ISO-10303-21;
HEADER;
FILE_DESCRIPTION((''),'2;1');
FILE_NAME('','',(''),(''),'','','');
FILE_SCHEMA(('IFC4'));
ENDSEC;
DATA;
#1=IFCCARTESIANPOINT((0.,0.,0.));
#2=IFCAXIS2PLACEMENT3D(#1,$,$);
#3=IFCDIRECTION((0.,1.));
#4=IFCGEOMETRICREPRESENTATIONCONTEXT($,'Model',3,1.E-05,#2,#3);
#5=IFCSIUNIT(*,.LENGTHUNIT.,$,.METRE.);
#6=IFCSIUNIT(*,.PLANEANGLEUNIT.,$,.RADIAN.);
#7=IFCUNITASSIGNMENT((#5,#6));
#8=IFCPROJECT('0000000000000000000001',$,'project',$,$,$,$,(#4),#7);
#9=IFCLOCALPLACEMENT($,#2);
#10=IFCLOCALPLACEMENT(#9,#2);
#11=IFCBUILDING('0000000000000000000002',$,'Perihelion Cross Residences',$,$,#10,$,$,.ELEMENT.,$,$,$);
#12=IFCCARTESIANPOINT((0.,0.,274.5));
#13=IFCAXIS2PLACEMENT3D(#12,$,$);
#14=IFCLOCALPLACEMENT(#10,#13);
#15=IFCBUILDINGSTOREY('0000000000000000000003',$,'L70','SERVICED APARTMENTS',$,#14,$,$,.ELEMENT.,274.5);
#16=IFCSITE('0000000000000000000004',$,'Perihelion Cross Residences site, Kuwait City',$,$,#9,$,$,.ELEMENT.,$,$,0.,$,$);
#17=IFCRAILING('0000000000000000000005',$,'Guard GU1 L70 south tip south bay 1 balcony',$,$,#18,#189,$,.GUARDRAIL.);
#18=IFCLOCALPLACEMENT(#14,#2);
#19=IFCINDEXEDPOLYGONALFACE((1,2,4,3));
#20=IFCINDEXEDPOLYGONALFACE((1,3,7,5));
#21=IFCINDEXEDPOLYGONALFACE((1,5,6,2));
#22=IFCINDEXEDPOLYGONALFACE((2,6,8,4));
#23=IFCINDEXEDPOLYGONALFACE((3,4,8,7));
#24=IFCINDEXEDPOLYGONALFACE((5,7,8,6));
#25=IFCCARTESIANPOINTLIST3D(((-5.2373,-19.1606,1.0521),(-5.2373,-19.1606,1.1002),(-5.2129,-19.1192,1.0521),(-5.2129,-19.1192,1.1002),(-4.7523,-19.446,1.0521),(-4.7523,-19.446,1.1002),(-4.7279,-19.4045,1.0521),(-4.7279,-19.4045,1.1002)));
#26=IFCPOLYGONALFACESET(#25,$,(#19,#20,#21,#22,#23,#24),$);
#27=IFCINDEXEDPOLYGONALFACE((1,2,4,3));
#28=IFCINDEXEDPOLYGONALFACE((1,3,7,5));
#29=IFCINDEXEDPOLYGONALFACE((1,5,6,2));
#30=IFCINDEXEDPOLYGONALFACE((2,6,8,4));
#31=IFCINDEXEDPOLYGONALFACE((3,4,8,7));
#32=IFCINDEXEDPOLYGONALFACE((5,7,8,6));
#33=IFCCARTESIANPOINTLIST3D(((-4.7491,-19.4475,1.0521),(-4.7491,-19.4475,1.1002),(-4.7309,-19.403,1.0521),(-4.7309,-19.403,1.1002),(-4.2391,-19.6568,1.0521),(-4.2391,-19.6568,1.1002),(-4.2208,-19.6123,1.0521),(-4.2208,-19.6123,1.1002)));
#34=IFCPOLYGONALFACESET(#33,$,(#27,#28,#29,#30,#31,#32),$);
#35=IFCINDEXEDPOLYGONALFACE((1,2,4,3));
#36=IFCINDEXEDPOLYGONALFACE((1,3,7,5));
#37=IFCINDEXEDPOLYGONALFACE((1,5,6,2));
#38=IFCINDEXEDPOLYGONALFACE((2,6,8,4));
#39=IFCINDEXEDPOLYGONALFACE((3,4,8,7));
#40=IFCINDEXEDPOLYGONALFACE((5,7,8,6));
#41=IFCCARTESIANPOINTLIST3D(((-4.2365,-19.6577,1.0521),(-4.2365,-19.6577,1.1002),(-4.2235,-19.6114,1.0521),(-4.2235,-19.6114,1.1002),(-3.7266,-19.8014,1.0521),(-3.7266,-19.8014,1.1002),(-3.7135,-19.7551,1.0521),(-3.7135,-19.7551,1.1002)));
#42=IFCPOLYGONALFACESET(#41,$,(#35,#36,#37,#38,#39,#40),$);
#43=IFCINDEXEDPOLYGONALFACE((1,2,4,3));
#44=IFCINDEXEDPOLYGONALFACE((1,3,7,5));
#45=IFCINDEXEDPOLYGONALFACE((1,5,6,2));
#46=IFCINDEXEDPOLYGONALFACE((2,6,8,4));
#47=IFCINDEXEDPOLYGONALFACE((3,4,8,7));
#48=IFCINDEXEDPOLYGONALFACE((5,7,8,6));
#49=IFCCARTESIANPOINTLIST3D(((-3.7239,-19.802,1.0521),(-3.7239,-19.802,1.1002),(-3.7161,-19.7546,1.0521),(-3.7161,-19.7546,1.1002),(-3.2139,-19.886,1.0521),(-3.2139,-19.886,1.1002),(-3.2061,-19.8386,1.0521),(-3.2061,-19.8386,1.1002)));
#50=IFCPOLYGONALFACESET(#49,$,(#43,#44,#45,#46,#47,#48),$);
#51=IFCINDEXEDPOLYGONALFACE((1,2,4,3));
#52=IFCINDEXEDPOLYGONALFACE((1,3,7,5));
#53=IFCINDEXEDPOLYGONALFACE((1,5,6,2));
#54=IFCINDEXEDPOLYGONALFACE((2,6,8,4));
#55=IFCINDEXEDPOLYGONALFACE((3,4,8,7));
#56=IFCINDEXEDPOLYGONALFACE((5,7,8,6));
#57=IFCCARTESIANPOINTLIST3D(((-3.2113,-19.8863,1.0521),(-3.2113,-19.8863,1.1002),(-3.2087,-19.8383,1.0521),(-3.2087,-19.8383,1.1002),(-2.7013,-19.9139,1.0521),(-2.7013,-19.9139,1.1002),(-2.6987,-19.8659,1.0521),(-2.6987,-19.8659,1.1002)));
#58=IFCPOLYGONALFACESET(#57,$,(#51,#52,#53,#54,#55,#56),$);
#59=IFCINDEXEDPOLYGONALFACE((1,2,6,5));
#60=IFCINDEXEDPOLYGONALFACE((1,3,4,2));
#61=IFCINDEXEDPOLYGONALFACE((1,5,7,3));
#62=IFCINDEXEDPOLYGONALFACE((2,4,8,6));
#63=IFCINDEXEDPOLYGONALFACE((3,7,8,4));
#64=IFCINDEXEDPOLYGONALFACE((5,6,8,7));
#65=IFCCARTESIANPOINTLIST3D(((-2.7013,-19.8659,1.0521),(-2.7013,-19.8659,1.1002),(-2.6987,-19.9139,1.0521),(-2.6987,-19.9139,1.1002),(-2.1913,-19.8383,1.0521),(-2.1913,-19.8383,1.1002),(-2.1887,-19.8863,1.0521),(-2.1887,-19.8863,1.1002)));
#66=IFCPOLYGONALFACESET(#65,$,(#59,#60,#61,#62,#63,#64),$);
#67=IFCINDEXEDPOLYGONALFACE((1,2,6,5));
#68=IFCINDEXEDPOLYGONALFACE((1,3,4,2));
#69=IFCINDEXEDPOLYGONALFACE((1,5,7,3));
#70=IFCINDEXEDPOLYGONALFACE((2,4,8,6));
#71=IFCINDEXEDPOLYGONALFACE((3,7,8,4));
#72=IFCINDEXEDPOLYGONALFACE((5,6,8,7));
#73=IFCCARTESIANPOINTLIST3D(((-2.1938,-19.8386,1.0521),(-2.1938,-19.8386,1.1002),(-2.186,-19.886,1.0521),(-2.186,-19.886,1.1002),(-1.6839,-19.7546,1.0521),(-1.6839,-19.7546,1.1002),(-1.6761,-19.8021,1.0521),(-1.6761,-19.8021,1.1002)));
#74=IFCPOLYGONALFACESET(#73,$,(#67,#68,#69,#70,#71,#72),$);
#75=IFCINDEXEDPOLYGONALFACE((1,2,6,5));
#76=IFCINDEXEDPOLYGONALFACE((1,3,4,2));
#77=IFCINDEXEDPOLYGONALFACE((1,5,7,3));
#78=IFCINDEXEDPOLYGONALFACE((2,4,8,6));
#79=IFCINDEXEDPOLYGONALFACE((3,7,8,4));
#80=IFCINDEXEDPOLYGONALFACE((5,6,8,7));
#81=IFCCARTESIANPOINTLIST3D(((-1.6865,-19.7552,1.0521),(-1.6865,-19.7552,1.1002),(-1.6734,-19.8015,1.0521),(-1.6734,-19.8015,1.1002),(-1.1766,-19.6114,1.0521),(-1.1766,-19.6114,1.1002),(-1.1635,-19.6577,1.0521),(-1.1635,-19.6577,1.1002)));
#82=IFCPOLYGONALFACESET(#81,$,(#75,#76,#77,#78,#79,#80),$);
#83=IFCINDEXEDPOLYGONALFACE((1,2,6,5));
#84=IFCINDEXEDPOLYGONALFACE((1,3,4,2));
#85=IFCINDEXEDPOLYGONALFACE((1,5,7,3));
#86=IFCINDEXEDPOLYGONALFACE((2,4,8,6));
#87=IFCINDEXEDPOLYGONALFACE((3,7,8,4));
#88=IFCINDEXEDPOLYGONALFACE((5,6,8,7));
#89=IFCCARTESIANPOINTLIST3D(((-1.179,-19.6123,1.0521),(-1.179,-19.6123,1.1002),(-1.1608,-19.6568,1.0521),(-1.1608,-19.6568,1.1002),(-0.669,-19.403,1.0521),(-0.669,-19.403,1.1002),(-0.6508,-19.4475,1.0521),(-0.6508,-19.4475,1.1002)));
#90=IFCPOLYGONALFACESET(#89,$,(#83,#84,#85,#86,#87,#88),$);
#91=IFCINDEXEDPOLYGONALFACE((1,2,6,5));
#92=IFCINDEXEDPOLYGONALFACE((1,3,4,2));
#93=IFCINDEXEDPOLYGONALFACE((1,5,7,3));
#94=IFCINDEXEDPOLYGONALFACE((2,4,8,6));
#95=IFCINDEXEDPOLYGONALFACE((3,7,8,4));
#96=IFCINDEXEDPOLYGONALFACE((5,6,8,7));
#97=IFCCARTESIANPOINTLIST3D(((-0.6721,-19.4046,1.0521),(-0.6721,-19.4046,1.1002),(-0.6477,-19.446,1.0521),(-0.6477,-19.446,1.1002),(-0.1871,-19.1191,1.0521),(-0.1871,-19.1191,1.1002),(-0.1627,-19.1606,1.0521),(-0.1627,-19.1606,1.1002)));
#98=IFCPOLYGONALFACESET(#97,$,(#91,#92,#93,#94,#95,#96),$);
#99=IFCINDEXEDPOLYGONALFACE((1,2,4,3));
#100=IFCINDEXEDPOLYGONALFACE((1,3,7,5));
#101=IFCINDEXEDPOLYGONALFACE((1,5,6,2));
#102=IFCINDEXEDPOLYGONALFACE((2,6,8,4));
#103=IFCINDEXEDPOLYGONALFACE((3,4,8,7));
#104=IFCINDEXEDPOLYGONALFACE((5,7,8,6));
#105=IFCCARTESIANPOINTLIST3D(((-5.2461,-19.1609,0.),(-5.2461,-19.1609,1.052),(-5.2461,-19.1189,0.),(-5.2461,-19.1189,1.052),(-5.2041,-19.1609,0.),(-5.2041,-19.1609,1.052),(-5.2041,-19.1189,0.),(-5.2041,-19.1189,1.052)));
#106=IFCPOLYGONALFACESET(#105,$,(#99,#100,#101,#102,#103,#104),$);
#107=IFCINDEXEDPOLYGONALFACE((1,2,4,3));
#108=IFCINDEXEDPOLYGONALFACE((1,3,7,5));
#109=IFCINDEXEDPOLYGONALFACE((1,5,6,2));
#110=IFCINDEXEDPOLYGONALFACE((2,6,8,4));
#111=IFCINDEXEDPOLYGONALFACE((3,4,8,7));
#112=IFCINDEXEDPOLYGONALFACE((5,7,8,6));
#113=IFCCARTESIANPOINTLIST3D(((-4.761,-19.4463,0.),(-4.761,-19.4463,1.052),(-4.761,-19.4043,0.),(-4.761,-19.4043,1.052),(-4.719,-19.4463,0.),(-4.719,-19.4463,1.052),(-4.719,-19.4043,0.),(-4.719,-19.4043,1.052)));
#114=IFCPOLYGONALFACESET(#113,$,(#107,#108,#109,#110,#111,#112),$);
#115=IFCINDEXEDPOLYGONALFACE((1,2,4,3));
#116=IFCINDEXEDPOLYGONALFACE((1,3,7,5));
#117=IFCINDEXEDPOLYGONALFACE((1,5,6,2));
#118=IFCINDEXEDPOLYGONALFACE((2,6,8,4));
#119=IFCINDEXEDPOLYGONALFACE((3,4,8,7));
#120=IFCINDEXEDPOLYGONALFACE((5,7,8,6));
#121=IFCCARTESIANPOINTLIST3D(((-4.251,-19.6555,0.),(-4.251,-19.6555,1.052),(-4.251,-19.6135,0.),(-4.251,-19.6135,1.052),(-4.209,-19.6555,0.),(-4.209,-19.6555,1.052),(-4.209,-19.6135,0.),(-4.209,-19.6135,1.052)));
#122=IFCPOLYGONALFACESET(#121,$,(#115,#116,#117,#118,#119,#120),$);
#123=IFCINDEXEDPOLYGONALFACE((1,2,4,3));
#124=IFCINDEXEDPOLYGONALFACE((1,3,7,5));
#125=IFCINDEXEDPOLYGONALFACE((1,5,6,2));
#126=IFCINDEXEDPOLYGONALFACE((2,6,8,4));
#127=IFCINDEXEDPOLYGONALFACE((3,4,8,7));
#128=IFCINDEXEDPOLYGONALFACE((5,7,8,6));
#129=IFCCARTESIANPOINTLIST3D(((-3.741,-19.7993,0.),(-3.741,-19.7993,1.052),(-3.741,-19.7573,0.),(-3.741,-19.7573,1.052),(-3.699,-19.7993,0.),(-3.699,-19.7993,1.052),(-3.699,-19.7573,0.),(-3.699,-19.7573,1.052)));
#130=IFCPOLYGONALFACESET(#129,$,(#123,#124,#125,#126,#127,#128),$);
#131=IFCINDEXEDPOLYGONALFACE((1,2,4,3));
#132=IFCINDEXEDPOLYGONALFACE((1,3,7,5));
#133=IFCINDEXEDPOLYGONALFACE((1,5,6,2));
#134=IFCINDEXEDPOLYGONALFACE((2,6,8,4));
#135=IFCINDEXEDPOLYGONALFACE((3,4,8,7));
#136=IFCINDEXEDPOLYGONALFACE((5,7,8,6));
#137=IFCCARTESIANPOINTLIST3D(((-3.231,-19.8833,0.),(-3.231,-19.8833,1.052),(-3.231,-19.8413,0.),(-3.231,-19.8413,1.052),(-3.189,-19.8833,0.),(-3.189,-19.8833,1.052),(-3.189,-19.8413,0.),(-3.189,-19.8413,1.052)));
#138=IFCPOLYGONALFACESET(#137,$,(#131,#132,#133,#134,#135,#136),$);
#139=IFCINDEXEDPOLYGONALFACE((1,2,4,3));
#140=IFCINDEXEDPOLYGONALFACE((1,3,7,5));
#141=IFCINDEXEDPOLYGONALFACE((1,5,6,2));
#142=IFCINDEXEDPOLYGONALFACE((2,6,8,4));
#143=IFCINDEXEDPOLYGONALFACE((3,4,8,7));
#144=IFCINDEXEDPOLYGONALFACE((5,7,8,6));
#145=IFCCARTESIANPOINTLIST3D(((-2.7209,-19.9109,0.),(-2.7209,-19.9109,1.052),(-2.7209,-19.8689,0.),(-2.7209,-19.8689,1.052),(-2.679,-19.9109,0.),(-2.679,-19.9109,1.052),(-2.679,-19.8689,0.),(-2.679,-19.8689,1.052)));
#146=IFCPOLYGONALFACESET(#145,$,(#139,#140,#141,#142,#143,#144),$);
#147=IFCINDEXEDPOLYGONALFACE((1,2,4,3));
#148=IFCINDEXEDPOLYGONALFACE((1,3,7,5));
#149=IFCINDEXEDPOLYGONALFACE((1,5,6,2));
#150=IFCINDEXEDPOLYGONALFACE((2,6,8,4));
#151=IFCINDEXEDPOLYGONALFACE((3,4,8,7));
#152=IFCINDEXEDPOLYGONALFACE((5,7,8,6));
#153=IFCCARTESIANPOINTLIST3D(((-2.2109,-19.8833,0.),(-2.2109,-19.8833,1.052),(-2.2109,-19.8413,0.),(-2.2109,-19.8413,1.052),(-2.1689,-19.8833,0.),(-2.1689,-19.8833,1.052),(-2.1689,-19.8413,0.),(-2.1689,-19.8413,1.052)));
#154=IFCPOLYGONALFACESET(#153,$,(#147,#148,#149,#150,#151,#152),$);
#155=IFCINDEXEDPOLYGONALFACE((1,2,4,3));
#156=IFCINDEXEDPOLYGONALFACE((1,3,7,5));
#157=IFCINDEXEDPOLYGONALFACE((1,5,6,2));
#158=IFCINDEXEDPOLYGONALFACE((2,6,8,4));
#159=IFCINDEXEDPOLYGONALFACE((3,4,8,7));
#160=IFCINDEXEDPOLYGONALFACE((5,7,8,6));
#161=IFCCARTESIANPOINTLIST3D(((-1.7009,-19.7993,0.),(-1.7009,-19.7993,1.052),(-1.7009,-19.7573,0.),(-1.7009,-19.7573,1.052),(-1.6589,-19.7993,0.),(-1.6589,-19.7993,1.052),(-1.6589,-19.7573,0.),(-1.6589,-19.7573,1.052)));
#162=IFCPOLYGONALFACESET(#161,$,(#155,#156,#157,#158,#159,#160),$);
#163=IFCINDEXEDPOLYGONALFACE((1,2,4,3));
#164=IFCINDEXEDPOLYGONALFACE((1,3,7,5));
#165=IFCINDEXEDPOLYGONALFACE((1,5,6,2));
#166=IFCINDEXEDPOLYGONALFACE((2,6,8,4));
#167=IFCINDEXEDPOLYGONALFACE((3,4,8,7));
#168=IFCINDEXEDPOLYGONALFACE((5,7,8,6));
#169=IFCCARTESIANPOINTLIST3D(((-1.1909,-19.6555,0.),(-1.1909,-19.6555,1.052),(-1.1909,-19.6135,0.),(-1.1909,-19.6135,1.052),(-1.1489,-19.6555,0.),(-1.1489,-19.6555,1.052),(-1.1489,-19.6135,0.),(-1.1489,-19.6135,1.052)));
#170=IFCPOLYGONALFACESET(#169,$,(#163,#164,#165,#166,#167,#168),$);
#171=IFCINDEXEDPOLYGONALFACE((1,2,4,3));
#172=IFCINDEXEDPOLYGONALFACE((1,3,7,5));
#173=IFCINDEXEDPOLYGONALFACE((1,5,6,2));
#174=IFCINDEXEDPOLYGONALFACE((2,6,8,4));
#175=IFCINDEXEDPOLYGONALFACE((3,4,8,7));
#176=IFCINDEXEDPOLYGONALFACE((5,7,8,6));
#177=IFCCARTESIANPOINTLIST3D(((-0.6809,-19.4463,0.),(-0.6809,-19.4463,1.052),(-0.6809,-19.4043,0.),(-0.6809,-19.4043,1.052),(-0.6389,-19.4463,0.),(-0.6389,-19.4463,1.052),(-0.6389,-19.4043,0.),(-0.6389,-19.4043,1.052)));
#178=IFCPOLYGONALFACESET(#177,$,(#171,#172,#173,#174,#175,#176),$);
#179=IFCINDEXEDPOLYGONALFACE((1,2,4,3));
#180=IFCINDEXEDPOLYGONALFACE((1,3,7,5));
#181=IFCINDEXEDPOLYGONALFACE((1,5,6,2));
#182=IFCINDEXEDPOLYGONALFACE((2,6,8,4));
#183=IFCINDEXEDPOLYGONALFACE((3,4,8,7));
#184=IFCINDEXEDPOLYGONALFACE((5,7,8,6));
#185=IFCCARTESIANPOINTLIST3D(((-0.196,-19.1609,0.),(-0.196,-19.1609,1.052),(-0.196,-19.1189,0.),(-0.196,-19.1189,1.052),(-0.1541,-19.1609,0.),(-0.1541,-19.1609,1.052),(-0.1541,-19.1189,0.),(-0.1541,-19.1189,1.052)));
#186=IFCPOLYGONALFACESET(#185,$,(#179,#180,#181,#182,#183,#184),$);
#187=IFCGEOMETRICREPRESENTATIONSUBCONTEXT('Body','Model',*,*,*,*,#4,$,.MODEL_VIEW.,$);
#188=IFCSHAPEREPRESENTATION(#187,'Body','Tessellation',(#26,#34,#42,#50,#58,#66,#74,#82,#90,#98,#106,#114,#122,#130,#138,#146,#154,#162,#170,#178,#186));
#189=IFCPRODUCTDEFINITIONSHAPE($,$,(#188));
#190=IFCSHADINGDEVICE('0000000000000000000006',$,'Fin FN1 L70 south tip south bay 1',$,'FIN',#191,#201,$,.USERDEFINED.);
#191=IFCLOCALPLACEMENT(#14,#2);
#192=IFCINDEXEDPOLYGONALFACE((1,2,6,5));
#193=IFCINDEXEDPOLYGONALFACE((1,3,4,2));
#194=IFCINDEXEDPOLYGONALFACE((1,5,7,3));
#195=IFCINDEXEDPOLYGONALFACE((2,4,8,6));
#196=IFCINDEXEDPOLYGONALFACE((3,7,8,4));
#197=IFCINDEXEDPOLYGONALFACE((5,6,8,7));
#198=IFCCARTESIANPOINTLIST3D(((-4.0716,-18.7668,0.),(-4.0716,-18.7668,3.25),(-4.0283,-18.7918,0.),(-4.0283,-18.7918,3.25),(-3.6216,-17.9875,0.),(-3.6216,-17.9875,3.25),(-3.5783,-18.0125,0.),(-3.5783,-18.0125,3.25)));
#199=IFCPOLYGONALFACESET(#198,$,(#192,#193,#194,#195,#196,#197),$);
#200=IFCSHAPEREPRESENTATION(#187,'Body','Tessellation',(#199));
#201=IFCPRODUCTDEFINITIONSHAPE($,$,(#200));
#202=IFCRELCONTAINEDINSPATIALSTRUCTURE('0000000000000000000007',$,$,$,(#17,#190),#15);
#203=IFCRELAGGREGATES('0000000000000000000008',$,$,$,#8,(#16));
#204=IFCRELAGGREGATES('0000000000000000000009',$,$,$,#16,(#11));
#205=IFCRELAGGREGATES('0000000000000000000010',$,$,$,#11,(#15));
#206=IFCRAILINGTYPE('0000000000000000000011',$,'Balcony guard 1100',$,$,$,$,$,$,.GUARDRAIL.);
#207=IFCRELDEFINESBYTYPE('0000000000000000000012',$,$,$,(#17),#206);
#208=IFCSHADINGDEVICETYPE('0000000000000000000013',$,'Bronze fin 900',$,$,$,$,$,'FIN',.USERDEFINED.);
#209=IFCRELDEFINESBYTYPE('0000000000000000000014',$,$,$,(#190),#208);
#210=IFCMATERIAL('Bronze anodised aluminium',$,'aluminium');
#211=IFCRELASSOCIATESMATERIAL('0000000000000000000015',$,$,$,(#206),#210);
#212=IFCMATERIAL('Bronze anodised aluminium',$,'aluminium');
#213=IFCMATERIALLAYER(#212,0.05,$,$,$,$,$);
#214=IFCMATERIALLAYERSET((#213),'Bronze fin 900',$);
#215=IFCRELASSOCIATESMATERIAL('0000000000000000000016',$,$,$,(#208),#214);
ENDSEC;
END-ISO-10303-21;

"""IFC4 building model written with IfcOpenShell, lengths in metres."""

from ifc_helpers import new_model, si_unit, direction, frame, origin, origin_2d, place, context, subcontext, project, spatial, rectangle, extrude, material, layer, layer_set, type_object, element, save


model = new_model("IFC4")

# Units and contexts
model_context = context("Model", 3, precision=1e-05, world=origin(), true_north=direction((0.0, 1.0)))
body_context = subcontext(model_context, "Body", "Model", "MODEL_VIEW")
ifc_project = project(units=[si_unit("LENGTHUNIT", "METRE"), si_unit("PLANEANGLEUNIT", "RADIAN")], contexts=[model_context])

# Site, building, storey
site_placement = place(None, origin())
site = spatial("IfcSite", under=ifc_project, at=site_placement, Name="Perihelion Cross Residences site, Kuwait City", CompositionType="ELEMENT", RefElevation=0.0)
building_placement = place(site_placement, origin())
building = spatial("IfcBuilding", under=site, at=building_placement, Name="Perihelion Cross Residences", CompositionType="ELEMENT")
storey_placement = place(building_placement, frame((0.0, 0.0, 274.5)))
storey = spatial("IfcBuildingStorey", under=building, at=storey_placement, Name="L70", Description="SERVICED APARTMENTS", CompositionType="ELEMENT", Elevation=274.5)

# Railing
ifc_material_1 = material(Name="Bronze anodised aluminium", Category="aluminium")
railing_type = type_object("IfcRailingType", Name="Balcony guard 1100", PredefinedType="GUARDRAIL", material=ifc_material_1)
railing_1_placement = place(storey_placement, frame((-5.2251, -19.1399, 0.0)))
element("IfcRailing", 1, at=railing_1_placement, inside=storey, type_object=railing_type, Name="Guard GU1 L70 south tip south bay 1 balcony", PredefinedType="GUARDRAIL", context=body_context, shape_type="SweptSolid", body=[
    extrude(rectangle(XDim=0.0481, YDim=0.0481, at=origin_2d()), frame((0.0, 0.0, 1.0762), z_axis=(0.861901, -0.507077, 0.0), x_axis=(0.507077, 0.861901, 0.0)), (0.0, 0.0, 1.0), 0.5627),
    extrude(rectangle(XDim=0.0481, YDim=0.0481, at=origin_2d()), frame((0.4851, -0.2854, 1.0762), z_axis=(0.925173, -0.379547, 0.0), x_axis=(0.379547, 0.925173, 0.0)), (0.0, 0.0, 1.0), 0.5513),
    extrude(rectangle(XDim=0.0481, YDim=0.0481, at=origin_2d()), frame((0.9951, -0.4946, 1.0762), z_axis=(0.962474, -0.271373, 0.0), x_axis=(0.271373, 0.962474, 0.0)), (0.0, 0.0, 1.0), 0.5298),
    extrude(rectangle(XDim=0.0481, YDim=0.0481, at=origin_2d()), frame((1.5051, -0.6384, 1.0762), z_axis=(0.986711, -0.162484, 0.0), x_axis=(0.162484, 0.986711, 0.0)), (0.0, 0.0, 1.0), 0.5168),
    extrude(rectangle(XDim=0.0481, YDim=0.0481, at=origin_2d()), frame((2.0151, -0.7224, 1.0762), z_axis=(0.99854, -0.054014, 0.0), x_axis=(0.054014, 0.99854, 0.0)), (0.0, 0.0, 1.0), 0.5107),
    extrude(rectangle(XDim=0.0481, YDim=0.0481, at=origin_2d()), frame((2.5251, -0.75, 1.0762), z_axis=(0.99854, 0.054014, 0.0), x_axis=(-0.054014, 0.99854, 0.0)), (0.0, 0.0, 1.0), 0.5107),
    extrude(rectangle(XDim=0.0481, YDim=0.0481, at=origin_2d()), frame((3.0352, -0.7224, 1.0762), z_axis=(0.986711, 0.162484, 0.0), x_axis=(-0.162484, 0.986711, 0.0)), (0.0, 0.0, 1.0), 0.5168),
    extrude(rectangle(XDim=0.0481, YDim=0.0481, at=origin_2d()), frame((3.5452, -0.6384, 1.0762), z_axis=(0.962474, 0.271373, 0.0), x_axis=(-0.271373, 0.962474, 0.0)), (0.0, 0.0, 1.0), 0.5298),
    extrude(rectangle(XDim=0.0481, YDim=0.0481, at=origin_2d()), frame((4.0552, -0.4946, 1.0762), z_axis=(0.925173, 0.379547, 0.0), x_axis=(-0.379547, 0.925173, 0.0)), (0.0, 0.0, 1.0), 0.5513),
    extrude(rectangle(XDim=0.0481, YDim=0.0481, at=origin_2d()), frame((4.5652, -0.2854, 1.0762), z_axis=(0.861789, 0.507267, 0.0), x_axis=(-0.507267, 0.861789, 0.0)), (0.0, 0.0, 1.0), 0.5627),
    extrude(rectangle(XDim=0.042, YDim=0.042, at=origin_2d()), origin(), (0.0, 0.0, 1.0), 1.052),
    extrude(rectangle(XDim=0.042, YDim=0.042, at=origin_2d()), frame((0.4851, -0.2854, 0.0)), (0.0, 0.0, 1.0), 1.052),
    extrude(rectangle(XDim=0.042, YDim=0.042, at=origin_2d()), frame((0.9951, -0.4946, 0.0)), (0.0, 0.0, 1.0), 1.052),
    extrude(rectangle(XDim=0.042, YDim=0.042, at=origin_2d()), frame((1.5051, -0.6384, 0.0)), (0.0, 0.0, 1.0), 1.052),
    extrude(rectangle(XDim=0.042, YDim=0.042, at=origin_2d()), frame((2.0151, -0.7224, 0.0)), (0.0, 0.0, 1.0), 1.052),
    extrude(rectangle(XDim=0.042, YDim=0.042, at=origin_2d()), frame((2.5251, -0.75, 0.0)), (0.0, 0.0, 1.0), 1.052),
    extrude(rectangle(XDim=0.042, YDim=0.042, at=origin_2d()), frame((3.0352, -0.7224, 0.0)), (0.0, 0.0, 1.0), 1.052),
    extrude(rectangle(XDim=0.042, YDim=0.042, at=origin_2d()), frame((3.5452, -0.6384, 0.0)), (0.0, 0.0, 1.0), 1.052),
    extrude(rectangle(XDim=0.042, YDim=0.042, at=origin_2d()), frame((4.0552, -0.4946, 0.0)), (0.0, 0.0, 1.0), 1.052),
    extrude(rectangle(XDim=0.042, YDim=0.042, at=origin_2d()), frame((4.5652, -0.2854, 0.0)), (0.0, 0.0, 1.0), 1.052),
    extrude(rectangle(XDim=0.042, YDim=0.042, at=origin_2d()), frame((5.05, 0.0, 0.0)), (0.0, 0.0, 1.0), 1.052),
])

# Shading device
ifc_material_2 = material(Name="Bronze anodised aluminium", Category="aluminium")
ifc_layer_1 = layer(ifc_material_2, 0.05)
ifc_layer_set_1 = layer_set([ifc_layer_1], Name="Bronze fin 900")
shading_device_type = type_object("IfcShadingDeviceType", Name="Bronze fin 900", ElementType="FIN", PredefinedType="USERDEFINED", material=ifc_layer_set_1)
shading_device_placement = place(storey_placement, frame((-3.825, -18.3896, 0.0), z_axis=(0.0, 0.0, 1.0), x_axis=(-0.5, -0.866025, 0.0)))
element("IfcShadingDevice", 2, at=shading_device_placement, inside=storey, type_object=shading_device_type, Name="Fin FN1 L70 south tip south bay 1", ObjectType="FIN", PredefinedType="USERDEFINED", context=body_context, shape_type="SweptSolid", body=[
    extrude(rectangle(XDim=0.8999, YDim=0.05, at=origin_2d()), origin(), (0.0, 0.0, 1.0), 3.25),
])

save(model, "model.ifc")
